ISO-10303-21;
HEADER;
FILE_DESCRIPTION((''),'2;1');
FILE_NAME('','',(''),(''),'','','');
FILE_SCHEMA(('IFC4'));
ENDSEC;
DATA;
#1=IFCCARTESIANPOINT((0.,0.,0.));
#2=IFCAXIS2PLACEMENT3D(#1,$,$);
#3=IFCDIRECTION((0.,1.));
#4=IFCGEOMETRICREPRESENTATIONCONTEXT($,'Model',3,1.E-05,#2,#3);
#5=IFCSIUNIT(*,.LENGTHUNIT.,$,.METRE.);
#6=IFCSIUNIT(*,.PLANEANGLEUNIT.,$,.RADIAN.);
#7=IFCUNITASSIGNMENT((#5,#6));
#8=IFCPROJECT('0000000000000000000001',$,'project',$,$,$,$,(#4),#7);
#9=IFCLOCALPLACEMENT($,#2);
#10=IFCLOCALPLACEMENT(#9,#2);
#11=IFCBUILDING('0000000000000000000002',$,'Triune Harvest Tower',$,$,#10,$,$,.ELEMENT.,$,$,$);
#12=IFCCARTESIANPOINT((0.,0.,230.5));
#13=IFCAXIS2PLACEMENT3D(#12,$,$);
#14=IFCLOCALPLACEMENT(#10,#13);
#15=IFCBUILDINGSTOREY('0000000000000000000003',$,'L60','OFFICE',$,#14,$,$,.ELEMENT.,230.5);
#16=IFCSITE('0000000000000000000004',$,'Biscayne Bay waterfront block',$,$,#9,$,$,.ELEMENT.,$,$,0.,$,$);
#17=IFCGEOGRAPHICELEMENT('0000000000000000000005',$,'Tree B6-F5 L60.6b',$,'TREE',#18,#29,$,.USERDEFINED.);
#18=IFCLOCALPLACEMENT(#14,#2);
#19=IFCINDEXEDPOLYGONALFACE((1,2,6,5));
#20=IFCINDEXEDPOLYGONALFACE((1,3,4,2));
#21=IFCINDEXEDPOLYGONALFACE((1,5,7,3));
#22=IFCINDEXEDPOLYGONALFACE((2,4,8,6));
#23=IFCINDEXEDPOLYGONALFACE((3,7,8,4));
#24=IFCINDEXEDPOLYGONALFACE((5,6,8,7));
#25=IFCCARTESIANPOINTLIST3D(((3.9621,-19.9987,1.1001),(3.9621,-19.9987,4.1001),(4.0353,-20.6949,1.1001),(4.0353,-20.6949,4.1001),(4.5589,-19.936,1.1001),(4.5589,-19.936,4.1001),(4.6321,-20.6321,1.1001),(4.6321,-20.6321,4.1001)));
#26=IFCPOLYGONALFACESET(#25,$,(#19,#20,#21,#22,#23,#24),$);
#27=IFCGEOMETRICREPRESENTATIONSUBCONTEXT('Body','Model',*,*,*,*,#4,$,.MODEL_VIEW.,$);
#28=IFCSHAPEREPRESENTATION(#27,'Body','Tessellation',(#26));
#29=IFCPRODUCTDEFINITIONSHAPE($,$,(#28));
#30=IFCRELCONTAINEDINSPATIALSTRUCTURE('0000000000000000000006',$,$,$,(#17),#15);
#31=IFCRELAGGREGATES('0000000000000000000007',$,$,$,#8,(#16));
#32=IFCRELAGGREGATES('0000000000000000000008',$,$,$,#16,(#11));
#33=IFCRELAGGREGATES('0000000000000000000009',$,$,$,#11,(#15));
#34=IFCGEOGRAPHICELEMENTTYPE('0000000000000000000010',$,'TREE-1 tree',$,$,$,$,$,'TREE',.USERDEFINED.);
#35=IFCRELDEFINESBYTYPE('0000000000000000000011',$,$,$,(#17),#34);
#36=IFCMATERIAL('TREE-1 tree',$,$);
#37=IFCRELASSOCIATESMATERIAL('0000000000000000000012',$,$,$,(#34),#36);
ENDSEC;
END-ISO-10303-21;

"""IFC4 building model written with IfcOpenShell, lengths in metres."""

from ifc_helpers import new_model, si_unit, direction, frame, origin, origin_2d, place, context, subcontext, project, spatial, rectangle, extrude, source, transform, mapped, material, type_object, element, save


model = new_model("IFC4")

# Units and contexts
model_context = context("Model", 3, precision=1e-05, world=origin(), true_north=direction((0.0, 1.0)))
body_context = subcontext(model_context, "Body", "Model", "MODEL_VIEW")
ifc_project = project(units=[si_unit("LENGTHUNIT", "METRE"), si_unit("PLANEANGLEUNIT", "RADIAN")], contexts=[model_context])

# Site, building, storey
site_placement = place(None, origin())
site = spatial("IfcSite", under=ifc_project, at=site_placement, Name="Biscayne Bay waterfront block", CompositionType="ELEMENT", RefElevation=0.0)
building_placement = place(site_placement, origin())
building = spatial("IfcBuilding", under=site, at=building_placement, Name="Triune Harvest Tower", CompositionType="ELEMENT")
storey_placement = place(building_placement, frame((0.0, 0.0, 230.5)))
storey = spatial("IfcBuildingStorey", under=building, at=storey_placement, Name="L60", Description="OFFICE", CompositionType="ELEMENT", Elevation=230.5)

# Geographic element
ifc_material_1 = material(Name="TREE-1 tree")
geographic_element_type = type_object("IfcGeographicElementType", Name="TREE-1 tree", ElementType="TREE", PredefinedType="USERDEFINED", material=ifc_material_1)
shared_shape_1 = source(origin(), body_context, "Body", "SweptSolid", [
    extrude(rectangle(XDim=0.6001, YDim=0.7, at=origin_2d()), origin(), (0.0, 0.0, 1.0), 3.0),
])
geographic_element_placement = place(storey_placement, frame((4.2971, -20.3154, 1.1001), z_axis=(0.0, 0.0, 1.0), x_axis=(0.994522, 0.10453, 0.0)))
element("IfcGeographicElement", 1, at=geographic_element_placement, inside=storey, type_object=geographic_element_type, Name="Tree B6-F5 L60.6b", ObjectType="TREE", PredefinedType="USERDEFINED", context=body_context, shape_type="MappedRepresentation", body=[
    mapped(shared_shape_1, transform((0.0, 0.0, 0.0), scale=1.0)),
])

save(model, "model.ifc")
